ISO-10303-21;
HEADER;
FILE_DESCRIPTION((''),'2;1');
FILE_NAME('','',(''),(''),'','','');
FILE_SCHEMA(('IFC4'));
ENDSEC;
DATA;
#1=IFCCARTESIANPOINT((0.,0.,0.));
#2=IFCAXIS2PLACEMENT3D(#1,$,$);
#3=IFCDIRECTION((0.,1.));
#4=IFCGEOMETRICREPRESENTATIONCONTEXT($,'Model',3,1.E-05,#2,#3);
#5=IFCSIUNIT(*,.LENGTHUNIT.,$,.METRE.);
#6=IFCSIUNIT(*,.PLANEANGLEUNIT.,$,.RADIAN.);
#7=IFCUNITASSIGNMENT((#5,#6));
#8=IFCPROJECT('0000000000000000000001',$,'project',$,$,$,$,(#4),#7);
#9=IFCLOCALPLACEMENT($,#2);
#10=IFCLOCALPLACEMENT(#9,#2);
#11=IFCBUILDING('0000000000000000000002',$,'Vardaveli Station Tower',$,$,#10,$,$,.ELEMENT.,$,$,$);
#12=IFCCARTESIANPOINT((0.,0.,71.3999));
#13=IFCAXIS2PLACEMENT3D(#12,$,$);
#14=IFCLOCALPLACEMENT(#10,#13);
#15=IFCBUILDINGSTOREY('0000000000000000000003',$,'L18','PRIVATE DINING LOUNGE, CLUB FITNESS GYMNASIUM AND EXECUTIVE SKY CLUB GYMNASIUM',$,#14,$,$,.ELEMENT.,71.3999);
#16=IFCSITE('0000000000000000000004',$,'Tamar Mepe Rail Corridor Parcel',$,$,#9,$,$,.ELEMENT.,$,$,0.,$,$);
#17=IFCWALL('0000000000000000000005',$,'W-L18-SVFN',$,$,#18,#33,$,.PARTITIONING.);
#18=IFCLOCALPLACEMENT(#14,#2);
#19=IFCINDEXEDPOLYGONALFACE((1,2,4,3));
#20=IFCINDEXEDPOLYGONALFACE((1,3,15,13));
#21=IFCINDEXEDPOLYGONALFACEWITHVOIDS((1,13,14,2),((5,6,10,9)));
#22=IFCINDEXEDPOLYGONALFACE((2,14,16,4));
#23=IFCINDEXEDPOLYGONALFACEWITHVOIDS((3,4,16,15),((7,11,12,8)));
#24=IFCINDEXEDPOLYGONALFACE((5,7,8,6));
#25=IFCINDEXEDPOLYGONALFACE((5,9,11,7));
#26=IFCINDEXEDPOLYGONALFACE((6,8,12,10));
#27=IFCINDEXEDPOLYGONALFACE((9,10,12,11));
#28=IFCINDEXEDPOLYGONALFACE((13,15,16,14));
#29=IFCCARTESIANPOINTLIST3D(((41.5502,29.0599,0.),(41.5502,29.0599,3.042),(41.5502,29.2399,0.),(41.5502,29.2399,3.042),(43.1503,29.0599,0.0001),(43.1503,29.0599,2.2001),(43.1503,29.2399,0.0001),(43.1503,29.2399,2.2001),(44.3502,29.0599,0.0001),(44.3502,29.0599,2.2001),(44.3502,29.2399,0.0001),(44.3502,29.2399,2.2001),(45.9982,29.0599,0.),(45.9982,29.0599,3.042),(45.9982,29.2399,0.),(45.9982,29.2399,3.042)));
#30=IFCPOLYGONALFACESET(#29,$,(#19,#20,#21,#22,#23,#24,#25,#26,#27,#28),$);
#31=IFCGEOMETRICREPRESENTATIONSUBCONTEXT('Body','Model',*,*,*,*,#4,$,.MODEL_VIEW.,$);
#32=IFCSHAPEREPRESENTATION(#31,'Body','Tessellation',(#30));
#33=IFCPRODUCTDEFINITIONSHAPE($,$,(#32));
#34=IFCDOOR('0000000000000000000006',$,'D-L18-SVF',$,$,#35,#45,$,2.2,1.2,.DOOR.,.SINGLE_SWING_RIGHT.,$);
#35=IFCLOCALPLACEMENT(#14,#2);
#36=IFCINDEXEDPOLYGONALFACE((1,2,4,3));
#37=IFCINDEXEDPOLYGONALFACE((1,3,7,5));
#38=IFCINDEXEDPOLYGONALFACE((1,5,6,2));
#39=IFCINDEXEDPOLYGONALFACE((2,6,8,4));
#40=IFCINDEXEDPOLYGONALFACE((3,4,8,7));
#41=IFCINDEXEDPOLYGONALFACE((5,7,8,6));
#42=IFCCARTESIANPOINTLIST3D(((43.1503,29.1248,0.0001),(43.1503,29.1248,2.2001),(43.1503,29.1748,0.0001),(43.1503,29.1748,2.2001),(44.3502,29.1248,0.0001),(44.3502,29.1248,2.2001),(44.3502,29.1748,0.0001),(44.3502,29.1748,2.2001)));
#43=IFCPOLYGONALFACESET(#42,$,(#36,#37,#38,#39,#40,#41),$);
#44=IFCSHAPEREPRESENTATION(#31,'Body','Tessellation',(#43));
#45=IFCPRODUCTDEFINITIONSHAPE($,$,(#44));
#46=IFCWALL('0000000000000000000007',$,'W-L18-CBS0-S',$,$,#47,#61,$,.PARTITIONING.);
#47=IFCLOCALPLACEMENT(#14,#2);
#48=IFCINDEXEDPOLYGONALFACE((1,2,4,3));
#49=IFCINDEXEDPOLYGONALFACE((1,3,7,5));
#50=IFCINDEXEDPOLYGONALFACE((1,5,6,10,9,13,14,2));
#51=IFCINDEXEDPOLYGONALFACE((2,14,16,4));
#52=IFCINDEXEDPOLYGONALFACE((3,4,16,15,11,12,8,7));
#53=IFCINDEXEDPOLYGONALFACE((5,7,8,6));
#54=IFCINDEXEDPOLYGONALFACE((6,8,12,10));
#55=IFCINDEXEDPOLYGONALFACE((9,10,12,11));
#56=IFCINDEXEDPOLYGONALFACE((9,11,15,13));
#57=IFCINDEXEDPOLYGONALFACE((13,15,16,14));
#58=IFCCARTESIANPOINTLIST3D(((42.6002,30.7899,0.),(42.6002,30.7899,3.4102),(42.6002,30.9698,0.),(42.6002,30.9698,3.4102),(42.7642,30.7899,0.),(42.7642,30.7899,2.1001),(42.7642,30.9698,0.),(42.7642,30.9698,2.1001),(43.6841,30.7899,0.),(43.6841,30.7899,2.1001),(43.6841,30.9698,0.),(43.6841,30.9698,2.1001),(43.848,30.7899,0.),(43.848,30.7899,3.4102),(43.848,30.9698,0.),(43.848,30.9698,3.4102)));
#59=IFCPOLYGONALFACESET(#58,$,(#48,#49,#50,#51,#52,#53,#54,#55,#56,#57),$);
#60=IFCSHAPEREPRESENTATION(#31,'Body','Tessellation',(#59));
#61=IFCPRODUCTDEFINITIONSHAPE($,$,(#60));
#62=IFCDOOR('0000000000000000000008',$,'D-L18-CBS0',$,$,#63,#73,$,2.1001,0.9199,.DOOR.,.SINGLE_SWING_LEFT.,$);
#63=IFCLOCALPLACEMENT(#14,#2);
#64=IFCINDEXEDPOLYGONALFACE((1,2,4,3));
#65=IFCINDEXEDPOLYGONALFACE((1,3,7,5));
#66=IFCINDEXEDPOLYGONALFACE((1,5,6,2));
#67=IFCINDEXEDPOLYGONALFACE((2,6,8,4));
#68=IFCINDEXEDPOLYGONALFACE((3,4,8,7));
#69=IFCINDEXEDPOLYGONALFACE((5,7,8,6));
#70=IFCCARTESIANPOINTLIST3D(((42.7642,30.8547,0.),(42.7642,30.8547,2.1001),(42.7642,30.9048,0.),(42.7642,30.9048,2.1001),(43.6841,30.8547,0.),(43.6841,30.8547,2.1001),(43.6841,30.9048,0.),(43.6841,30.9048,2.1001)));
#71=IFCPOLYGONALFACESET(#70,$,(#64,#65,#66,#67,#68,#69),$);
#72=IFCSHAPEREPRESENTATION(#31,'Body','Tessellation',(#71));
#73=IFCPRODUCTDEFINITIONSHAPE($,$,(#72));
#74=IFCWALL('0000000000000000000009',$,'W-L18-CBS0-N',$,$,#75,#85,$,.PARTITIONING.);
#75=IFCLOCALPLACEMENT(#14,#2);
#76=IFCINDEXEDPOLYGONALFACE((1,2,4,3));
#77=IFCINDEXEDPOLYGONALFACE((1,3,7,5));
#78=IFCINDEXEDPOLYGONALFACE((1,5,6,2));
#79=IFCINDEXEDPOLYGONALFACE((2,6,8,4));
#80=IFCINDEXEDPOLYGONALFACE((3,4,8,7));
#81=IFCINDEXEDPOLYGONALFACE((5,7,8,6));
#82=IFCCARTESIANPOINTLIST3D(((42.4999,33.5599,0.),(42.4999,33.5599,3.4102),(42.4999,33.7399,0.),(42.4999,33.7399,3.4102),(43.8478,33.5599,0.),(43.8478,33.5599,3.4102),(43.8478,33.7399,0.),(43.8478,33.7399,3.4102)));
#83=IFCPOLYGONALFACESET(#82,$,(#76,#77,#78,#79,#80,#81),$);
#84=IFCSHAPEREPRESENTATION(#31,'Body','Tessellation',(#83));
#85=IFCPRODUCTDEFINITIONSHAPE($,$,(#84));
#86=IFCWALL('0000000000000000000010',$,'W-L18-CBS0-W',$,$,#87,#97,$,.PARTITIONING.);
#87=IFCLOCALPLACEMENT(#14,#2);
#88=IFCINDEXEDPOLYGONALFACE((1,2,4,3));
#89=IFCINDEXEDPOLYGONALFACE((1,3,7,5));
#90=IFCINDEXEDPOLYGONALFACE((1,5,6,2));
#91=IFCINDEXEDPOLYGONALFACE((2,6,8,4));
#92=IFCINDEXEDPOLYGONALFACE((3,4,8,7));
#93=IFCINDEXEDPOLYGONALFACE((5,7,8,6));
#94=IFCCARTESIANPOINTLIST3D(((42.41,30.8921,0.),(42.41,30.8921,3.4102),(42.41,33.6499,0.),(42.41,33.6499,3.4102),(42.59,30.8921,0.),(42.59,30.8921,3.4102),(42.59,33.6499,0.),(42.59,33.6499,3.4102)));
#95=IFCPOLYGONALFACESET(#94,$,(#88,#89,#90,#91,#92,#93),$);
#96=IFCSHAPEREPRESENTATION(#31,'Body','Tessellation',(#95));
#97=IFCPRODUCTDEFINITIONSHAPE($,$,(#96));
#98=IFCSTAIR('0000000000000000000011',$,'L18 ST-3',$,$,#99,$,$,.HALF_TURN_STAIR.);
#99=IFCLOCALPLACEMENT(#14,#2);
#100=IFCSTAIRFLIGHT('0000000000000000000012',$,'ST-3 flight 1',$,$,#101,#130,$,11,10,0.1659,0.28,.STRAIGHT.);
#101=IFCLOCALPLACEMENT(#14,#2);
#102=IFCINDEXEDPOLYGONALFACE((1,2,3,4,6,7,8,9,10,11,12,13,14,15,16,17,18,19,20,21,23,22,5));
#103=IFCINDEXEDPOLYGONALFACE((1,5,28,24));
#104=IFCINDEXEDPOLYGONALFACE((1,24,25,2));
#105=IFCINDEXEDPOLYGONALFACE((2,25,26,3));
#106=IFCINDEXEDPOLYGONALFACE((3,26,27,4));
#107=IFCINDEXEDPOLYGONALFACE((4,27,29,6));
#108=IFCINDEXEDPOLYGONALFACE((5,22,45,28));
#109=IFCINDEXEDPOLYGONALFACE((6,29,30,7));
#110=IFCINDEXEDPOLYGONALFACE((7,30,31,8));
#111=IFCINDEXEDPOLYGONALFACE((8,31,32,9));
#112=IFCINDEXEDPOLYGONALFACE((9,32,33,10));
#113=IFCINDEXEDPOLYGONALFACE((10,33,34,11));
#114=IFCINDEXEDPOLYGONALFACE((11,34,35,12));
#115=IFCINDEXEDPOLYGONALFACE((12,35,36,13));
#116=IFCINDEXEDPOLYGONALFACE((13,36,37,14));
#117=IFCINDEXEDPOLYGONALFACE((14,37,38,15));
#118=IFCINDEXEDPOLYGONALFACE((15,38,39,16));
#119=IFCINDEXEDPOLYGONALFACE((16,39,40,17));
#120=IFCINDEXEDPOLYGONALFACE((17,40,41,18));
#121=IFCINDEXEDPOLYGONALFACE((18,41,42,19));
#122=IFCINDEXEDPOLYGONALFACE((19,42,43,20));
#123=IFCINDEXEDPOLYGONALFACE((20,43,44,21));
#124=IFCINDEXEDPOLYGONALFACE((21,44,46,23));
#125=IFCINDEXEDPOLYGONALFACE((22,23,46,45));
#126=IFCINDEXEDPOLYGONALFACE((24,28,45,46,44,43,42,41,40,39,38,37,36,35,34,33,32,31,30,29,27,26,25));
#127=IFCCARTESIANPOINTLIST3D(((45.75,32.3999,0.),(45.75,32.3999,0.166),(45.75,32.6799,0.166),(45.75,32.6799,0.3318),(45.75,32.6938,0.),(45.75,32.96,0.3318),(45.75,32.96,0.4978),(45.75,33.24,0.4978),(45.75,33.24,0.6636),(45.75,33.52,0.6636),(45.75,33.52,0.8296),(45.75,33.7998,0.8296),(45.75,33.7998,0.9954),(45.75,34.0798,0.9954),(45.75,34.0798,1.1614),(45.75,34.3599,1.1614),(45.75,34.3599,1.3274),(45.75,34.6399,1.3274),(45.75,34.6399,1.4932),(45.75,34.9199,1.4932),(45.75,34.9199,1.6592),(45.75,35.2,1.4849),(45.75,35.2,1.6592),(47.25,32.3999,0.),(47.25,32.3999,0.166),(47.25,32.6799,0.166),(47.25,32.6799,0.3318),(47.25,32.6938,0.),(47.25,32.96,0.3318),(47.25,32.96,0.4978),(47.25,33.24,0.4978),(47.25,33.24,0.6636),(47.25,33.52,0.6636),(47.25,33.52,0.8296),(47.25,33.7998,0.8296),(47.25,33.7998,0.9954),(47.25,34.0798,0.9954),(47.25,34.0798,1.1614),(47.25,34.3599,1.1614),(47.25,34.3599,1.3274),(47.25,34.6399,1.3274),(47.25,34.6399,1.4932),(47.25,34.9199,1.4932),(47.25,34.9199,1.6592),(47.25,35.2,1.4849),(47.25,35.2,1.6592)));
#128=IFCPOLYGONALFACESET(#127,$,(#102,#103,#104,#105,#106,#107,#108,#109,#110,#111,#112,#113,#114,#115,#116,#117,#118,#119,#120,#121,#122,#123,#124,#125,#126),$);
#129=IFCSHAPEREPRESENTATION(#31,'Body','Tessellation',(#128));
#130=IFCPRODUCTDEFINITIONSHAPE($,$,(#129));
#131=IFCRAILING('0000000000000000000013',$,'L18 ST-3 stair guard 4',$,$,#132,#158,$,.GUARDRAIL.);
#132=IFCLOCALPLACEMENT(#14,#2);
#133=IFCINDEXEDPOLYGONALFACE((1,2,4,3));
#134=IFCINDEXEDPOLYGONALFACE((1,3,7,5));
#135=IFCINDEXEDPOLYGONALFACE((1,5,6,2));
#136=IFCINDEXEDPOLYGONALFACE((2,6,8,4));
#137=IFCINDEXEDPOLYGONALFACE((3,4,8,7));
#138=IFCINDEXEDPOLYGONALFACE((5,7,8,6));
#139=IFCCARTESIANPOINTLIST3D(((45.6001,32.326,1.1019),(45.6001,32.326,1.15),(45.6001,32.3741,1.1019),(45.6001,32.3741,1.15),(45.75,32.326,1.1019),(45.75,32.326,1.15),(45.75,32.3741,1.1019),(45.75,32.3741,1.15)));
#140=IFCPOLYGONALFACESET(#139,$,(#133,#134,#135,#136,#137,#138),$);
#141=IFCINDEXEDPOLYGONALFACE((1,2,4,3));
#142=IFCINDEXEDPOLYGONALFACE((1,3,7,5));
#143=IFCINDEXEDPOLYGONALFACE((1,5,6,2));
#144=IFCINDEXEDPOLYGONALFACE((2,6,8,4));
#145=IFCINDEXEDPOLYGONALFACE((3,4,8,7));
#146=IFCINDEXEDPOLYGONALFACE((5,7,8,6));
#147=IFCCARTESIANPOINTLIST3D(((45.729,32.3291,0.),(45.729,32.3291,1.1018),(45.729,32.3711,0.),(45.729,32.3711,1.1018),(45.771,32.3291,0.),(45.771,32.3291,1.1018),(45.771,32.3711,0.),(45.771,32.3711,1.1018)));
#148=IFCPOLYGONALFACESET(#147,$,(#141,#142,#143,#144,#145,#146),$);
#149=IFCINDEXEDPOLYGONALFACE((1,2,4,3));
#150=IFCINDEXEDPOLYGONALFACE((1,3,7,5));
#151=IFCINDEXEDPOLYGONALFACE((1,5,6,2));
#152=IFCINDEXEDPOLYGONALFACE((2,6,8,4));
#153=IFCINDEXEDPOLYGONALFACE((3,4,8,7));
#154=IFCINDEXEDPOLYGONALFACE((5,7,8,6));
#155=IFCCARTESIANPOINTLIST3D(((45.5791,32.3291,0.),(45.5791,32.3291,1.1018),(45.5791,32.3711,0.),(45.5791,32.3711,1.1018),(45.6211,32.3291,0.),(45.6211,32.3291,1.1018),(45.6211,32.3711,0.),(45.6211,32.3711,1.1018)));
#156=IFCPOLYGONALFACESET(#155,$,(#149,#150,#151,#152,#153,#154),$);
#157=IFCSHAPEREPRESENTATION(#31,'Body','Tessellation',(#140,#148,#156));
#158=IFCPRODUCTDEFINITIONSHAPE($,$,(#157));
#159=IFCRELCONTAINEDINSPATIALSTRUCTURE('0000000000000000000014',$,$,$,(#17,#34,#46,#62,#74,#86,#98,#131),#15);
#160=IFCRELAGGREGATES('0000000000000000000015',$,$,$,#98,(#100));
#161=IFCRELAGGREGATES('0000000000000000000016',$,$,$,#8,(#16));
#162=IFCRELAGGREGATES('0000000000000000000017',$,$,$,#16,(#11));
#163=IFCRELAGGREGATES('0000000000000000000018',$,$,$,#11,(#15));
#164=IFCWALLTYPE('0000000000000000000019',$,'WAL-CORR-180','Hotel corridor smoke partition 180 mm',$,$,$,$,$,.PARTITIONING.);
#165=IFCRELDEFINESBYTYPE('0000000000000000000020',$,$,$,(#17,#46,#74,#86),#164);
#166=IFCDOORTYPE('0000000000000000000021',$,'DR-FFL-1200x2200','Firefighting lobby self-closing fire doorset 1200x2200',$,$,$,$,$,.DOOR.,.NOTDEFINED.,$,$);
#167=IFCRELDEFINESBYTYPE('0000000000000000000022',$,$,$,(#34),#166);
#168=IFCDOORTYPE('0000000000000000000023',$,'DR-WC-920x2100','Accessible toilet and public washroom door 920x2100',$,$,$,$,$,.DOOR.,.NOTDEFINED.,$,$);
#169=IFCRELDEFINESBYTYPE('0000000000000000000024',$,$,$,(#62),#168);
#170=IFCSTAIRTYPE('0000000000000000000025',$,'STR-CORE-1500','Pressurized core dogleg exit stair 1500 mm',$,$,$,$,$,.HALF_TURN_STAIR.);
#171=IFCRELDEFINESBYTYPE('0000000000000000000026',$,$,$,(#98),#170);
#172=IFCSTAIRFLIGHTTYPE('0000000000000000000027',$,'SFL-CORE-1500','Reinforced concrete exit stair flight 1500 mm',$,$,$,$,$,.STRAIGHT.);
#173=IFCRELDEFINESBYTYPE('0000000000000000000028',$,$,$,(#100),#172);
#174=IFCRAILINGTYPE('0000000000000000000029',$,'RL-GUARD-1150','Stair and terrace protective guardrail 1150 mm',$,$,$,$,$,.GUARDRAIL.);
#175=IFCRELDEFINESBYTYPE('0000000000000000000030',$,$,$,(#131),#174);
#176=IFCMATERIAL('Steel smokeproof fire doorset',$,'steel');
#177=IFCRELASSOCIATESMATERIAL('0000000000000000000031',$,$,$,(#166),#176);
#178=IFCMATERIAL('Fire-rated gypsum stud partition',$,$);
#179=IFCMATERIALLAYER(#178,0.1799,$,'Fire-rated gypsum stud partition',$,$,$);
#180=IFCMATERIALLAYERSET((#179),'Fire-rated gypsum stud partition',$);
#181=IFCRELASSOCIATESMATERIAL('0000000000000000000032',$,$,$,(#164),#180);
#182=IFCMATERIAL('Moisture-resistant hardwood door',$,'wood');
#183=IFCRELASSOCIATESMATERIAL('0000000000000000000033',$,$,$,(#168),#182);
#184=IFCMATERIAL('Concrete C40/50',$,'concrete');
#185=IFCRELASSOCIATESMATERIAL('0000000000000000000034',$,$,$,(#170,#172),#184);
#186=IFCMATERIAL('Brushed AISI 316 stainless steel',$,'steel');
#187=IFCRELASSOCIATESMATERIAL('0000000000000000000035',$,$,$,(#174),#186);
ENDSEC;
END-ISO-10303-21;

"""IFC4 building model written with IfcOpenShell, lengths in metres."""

from ifc_helpers import new_model, si_unit, direction, frame, frame_2d, origin, origin_2d, place, context, subcontext, project, spatial, polyline, rectangle, outline, extrude, source, transform, mapped, material, layer, layer_set, type_object, element, fill, aggregate, save


model = new_model("IFC4")

# Units and contexts
model_context = context("Model", 3, precision=1e-05, world=origin(), true_north=direction((0.0, 1.0)))
body_context = subcontext(model_context, "Body", "Model", "MODEL_VIEW")
ifc_project = project(units=[si_unit("LENGTHUNIT", "METRE"), si_unit("PLANEANGLEUNIT", "RADIAN")], contexts=[model_context])

# Site, building, storey
site_placement = place(None, origin())
site = spatial("IfcSite", under=ifc_project, at=site_placement, Name="Tamar Mepe Rail Corridor Parcel", CompositionType="ELEMENT", RefElevation=0.0)
building_placement = place(site_placement, origin())
building = spatial("IfcBuilding", under=site, at=building_placement, Name="Vardaveli Station Tower", CompositionType="ELEMENT")
storey_placement = place(building_placement, frame((0.0, 0.0, 71.3999)))
storey = spatial("IfcBuildingStorey", under=building, at=storey_placement, Name="L18", Description="PRIVATE DINING LOUNGE, CLUB FITNESS GYMNASIUM AND EXECUTIVE SKY CLUB GYMNASIUM", CompositionType="ELEMENT", Elevation=71.3999)

# Shared definitions
ifc_material_1 = material(Name="Concrete C40/50", Category="concrete")

# Walls, openings, doors
ifc_material_2 = material(Name="Steel smokeproof fire doorset", Category="steel")
door_type_1 = type_object("IfcDoorType", Name="DR-FFL-1200x2200", Description="Firefighting lobby self-closing fire doorset 1200x2200", OperationType="NOTDEFINED", PredefinedType="DOOR", material=ifc_material_2)
shared_shape_1 = source(origin(), body_context, "Body", "SweptSolid", [
    extrude(rectangle(XDim=1.2, YDim=2.2, at=frame_2d((0.6001, 1.1001))), frame((0.0, 0.0249, 0.0), z_axis=(0.0, -1.0, 0.0), x_axis=(1.0, 0.0, 0.0)), (0.0, 0.0, 1.0), 0.05),
])
ifc_material_3 = material(Name="Fire-rated gypsum stud partition")
ifc_layer_1 = layer(ifc_material_3, 0.1799, Name="Fire-rated gypsum stud partition")
ifc_layer_set_1 = layer_set([ifc_layer_1], Name="Fire-rated gypsum stud partition")
wall_type_1 = type_object("IfcWallType", Name="WAL-CORR-180", Description="Hotel corridor smoke partition 180 mm", PredefinedType="PARTITIONING", material=ifc_layer_set_1)
shared_shape_2 = source(origin(), body_context, "Body", "SweptSolid", [
    extrude(rectangle(XDim=4.448, YDim=0.1799, at=frame_2d((2.2241, 0.0))), origin(), (0.0, 0.0, 1.0), 3.042),
])
wall_1_placement = place(storey_placement, frame((41.55, 29.1499, 0.0), z_axis=(0.0, 0.0, 1.0), x_axis=(1.0, 0.0, 0.0)))
wall_1 = element("IfcWall", 1, at=wall_1_placement, inside=storey, type_object=wall_type_1, Name="W-L18-SVFN", PredefinedType="PARTITIONING", context=body_context, shape_type="MappedRepresentation", body=[
    mapped(shared_shape_2, transform((0.0, 0.0, 0.0), scale=1.0)),
])
shared_shape_3 = source(origin(), body_context, "Body", "SweptSolid", [
    extrude(rectangle(XDim=1.2, YDim=2.2, at=frame_2d((0.6001, 1.1001))), frame((0.0, 0.1001, 0.0), z_axis=(0.0, -1.0, 0.0), x_axis=(1.0, 0.0, 0.0)), (0.0, 0.0, 1.0), 0.2),
])
opening_1_placement = place(wall_1_placement, frame((1.6001, 0.0, 0.0)))
opening_1 = element("IfcOpeningElement", 2, at=opening_1_placement, cuts=wall_1, PredefinedType="OPENING", context=body_context, shape_type="MappedRepresentation", body=[
    mapped(shared_shape_3, transform((0.0, 0.0, 0.0), scale=1.0)),
])
door_1_placement = place(opening_1_placement, origin())
door_1 = element("IfcDoor", 3, at=door_1_placement, inside=storey, type_object=door_type_1, Name="D-L18-SVF", OperationType="SINGLE_SWING_RIGHT", OverallHeight=2.2, OverallWidth=1.2, PredefinedType="DOOR", context=body_context, shape_type="MappedRepresentation", body=[
    mapped(shared_shape_1, transform((0.0, 0.0, 0.0), scale=1.0)),
])
fill(opening_1, door_1)
shared_shape_4 = source(origin(), body_context, "Body", "SweptSolid", [
    extrude(rectangle(XDim=1.2478, YDim=0.1799, at=frame_2d((0.624, 0.0))), origin(), (0.0, 0.0, 1.0), 3.4102),
])
wall_2_placement = place(storey_placement, frame((42.6001, 30.8799, 0.0), z_axis=(0.0, 0.0, 1.0), x_axis=(1.0, 0.0, 0.0)))
wall_2 = element("IfcWall", 4, at=wall_2_placement, inside=storey, type_object=wall_type_1, Name="W-L18-CBS0-S", PredefinedType="PARTITIONING", context=body_context, shape_type="MappedRepresentation", body=[
    mapped(shared_shape_4, transform((0.0, 0.0, 0.0), scale=1.0)),
])
shared_shape_5 = source(origin(), body_context, "Body", "SweptSolid", [
    extrude(rectangle(XDim=0.9199, YDim=2.1001, at=frame_2d((0.46, 1.05))), frame((0.0, 0.1001, 0.0), z_axis=(0.0, -1.0, 0.0), x_axis=(1.0, 0.0, 0.0)), (0.0, 0.0, 1.0), 0.2),
])
opening_2_placement = place(wall_2_placement, frame((0.1641, 0.0, 0.0)))
opening_2 = element("IfcOpeningElement", 5, at=opening_2_placement, cuts=wall_2, PredefinedType="OPENING", context=body_context, shape_type="MappedRepresentation", body=[
    mapped(shared_shape_5, transform((0.0, 0.0, 0.0), scale=1.0)),
])
ifc_material_4 = material(Name="Moisture-resistant hardwood door", Category="wood")
door_type_2 = type_object("IfcDoorType", Name="DR-WC-920x2100", Description="Accessible toilet and public washroom door 920x2100", OperationType="NOTDEFINED", PredefinedType="DOOR", material=ifc_material_4)
shared_shape_6 = source(origin(), body_context, "Body", "SweptSolid", [
    extrude(rectangle(XDim=0.9199, YDim=2.1001, at=frame_2d((0.46, 1.05))), frame((0.0, 0.0249, 0.0), z_axis=(0.0, -1.0, 0.0), x_axis=(1.0, 0.0, 0.0)), (0.0, 0.0, 1.0), 0.05),
])
door_2_placement = place(opening_2_placement, origin())
door_2 = element("IfcDoor", 6, at=door_2_placement, inside=storey, type_object=door_type_2, Name="D-L18-CBS0", OperationType="SINGLE_SWING_LEFT", OverallHeight=2.1001, OverallWidth=0.9199, PredefinedType="DOOR", context=body_context, shape_type="MappedRepresentation", body=[
    mapped(shared_shape_6, transform((0.0, 0.0, 0.0), scale=1.0)),
])
fill(opening_2, door_2)

# Walls
shared_shape_7 = source(origin(), body_context, "Body", "SweptSolid", [
    extrude(rectangle(XDim=1.3479, YDim=0.1799, at=frame_2d((0.6738, 0.0))), origin(), (0.0, 0.0, 1.0), 3.4102),
])
wall_3_placement = place(storey_placement, frame((42.5, 33.6499, 0.0), z_axis=(0.0, 0.0, 1.0), x_axis=(1.0, 0.0, 0.0)))
element("IfcWall", 7, at=wall_3_placement, inside=storey, type_object=wall_type_1, Name="W-L18-CBS0-N", PredefinedType="PARTITIONING", context=body_context, shape_type="MappedRepresentation", body=[
    mapped(shared_shape_7, transform((0.0, 0.0, 0.0), scale=1.0)),
])
shared_shape_8 = source(origin(), body_context, "Body", "SweptSolid", [
    extrude(rectangle(XDim=2.7578, YDim=0.1799, at=frame_2d((1.3789, 0.0))), origin(), (0.0, 0.0, 1.0), 3.4102),
])
wall_4_placement = place(storey_placement, frame((42.5, 30.8921, 0.0), z_axis=(0.0, 0.0, 1.0), x_axis=(0.0, 1.0, 0.0)))
element("IfcWall", 8, at=wall_4_placement, inside=storey, type_object=wall_type_1, Name="W-L18-CBS0-W", PredefinedType="PARTITIONING", context=body_context, shape_type="MappedRepresentation", body=[
    mapped(shared_shape_8, transform((0.0, 0.0, 0.0), scale=1.0)),
])

# Stair, stair flight
stair_type = type_object("IfcStairType", Name="STR-CORE-1500", Description="Pressurized core dogleg exit stair 1500 mm", PredefinedType="HALF_TURN_STAIR", material=ifc_material_1)
stair_placement = place(storey_placement, origin())
stair = element("IfcStair", 9, at=stair_placement, inside=storey, type_object=stair_type, Name="L18 ST-3", PredefinedType="HALF_TURN_STAIR")
stair_flight_type = type_object("IfcStairFlightType", Name="SFL-CORE-1500", Description="Reinforced concrete exit stair flight 1500 mm", PredefinedType="STRAIGHT", material=ifc_material_1)
shared_shape_9 = source(origin(), body_context, "Body", "SweptSolid", [
    extrude(outline(polyline([(0.0, 0.0), (0.0, 0.166), (0.28, 0.166), (0.28, 0.3318), (0.5601, 0.3318), (0.5601, 0.4978), (0.8401, 0.4978), (0.8401, 0.6636), (1.1201, 0.6636), (1.1201, 0.8296), (1.3999, 0.8296), (1.3999, 0.9954), (1.6799, 0.9954), (1.6799, 1.1614), (1.96, 1.1614), (1.96, 1.3274), (2.24, 1.3274), (2.24, 1.4932), (2.52, 1.4932), (2.52, 1.6592), (2.8, 1.6592), (2.8, 1.825), (2.8, 1.4849), (0.2939, 0.0), (0.0, 0.0)])), frame((0.0, 0.75, 0.0), z_axis=(0.0, -1.0, 0.0), x_axis=(1.0, 0.0, 0.0)), (0.0, 0.0, 1.0), 1.5),
])
stair_flight_placement = place(storey_placement, frame((46.5, 32.3999, 0.0), z_axis=(0.0, 0.0, 1.0), x_axis=(0.0, 1.0, 0.0)))
stair_flight = element("IfcStairFlight", 10, at=stair_flight_placement, type_object=stair_flight_type, Name="ST-3 flight 1", NumberOfRisers=11, NumberOfTreads=10, PredefinedType="STRAIGHT", RiserHeight=0.1659, TreadLength=0.28, context=body_context, shape_type="MappedRepresentation", body=[
    mapped(shared_shape_9, transform((0.0, 0.0, 0.0), scale=1.0)),
])
aggregate(stair, [stair_flight])

# Railing
ifc_material_5 = material(Name="Brushed AISI 316 stainless steel", Category="steel")
railing_type_1 = type_object("IfcRailingType", Name="RL-GUARD-1150", Description="Stair and terrace protective guardrail 1150 mm", PredefinedType="GUARDRAIL", material=ifc_material_5)
shared_shape_10 = source(origin(), body_context, "Body", "SweptSolid", [
    extrude(rectangle(XDim=0.0481, YDim=0.0481, at=origin_2d()), frame((0.0, 0.0, 1.126), z_axis=(-1.0, 0.0, 0.0), x_axis=(0.0, -1.0, 0.0)), (0.0, 0.0, 1.0), 0.1499),
    extrude(rectangle(XDim=0.042, YDim=0.042, at=origin_2d()), origin(), (0.0, 0.0, 1.0), 1.1018),
    extrude(rectangle(XDim=0.042, YDim=0.042, at=origin_2d()), frame((-0.1499, 0.0, 0.0)), (0.0, 0.0, 1.0), 1.1018),
])
railing_1_placement = place(storey_placement, frame((45.75, 32.3501, 0.0)))
element("IfcRailing", 11, at=railing_1_placement, inside=storey, type_object=railing_type_1, Name="L18 ST-3 stair guard 4", PredefinedType="GUARDRAIL", context=body_context, shape_type="MappedRepresentation", body=[
    mapped(shared_shape_10, transform((0.0, 0.0, 0.0), scale=1.0)),
])

save(model, "model.ifc")
